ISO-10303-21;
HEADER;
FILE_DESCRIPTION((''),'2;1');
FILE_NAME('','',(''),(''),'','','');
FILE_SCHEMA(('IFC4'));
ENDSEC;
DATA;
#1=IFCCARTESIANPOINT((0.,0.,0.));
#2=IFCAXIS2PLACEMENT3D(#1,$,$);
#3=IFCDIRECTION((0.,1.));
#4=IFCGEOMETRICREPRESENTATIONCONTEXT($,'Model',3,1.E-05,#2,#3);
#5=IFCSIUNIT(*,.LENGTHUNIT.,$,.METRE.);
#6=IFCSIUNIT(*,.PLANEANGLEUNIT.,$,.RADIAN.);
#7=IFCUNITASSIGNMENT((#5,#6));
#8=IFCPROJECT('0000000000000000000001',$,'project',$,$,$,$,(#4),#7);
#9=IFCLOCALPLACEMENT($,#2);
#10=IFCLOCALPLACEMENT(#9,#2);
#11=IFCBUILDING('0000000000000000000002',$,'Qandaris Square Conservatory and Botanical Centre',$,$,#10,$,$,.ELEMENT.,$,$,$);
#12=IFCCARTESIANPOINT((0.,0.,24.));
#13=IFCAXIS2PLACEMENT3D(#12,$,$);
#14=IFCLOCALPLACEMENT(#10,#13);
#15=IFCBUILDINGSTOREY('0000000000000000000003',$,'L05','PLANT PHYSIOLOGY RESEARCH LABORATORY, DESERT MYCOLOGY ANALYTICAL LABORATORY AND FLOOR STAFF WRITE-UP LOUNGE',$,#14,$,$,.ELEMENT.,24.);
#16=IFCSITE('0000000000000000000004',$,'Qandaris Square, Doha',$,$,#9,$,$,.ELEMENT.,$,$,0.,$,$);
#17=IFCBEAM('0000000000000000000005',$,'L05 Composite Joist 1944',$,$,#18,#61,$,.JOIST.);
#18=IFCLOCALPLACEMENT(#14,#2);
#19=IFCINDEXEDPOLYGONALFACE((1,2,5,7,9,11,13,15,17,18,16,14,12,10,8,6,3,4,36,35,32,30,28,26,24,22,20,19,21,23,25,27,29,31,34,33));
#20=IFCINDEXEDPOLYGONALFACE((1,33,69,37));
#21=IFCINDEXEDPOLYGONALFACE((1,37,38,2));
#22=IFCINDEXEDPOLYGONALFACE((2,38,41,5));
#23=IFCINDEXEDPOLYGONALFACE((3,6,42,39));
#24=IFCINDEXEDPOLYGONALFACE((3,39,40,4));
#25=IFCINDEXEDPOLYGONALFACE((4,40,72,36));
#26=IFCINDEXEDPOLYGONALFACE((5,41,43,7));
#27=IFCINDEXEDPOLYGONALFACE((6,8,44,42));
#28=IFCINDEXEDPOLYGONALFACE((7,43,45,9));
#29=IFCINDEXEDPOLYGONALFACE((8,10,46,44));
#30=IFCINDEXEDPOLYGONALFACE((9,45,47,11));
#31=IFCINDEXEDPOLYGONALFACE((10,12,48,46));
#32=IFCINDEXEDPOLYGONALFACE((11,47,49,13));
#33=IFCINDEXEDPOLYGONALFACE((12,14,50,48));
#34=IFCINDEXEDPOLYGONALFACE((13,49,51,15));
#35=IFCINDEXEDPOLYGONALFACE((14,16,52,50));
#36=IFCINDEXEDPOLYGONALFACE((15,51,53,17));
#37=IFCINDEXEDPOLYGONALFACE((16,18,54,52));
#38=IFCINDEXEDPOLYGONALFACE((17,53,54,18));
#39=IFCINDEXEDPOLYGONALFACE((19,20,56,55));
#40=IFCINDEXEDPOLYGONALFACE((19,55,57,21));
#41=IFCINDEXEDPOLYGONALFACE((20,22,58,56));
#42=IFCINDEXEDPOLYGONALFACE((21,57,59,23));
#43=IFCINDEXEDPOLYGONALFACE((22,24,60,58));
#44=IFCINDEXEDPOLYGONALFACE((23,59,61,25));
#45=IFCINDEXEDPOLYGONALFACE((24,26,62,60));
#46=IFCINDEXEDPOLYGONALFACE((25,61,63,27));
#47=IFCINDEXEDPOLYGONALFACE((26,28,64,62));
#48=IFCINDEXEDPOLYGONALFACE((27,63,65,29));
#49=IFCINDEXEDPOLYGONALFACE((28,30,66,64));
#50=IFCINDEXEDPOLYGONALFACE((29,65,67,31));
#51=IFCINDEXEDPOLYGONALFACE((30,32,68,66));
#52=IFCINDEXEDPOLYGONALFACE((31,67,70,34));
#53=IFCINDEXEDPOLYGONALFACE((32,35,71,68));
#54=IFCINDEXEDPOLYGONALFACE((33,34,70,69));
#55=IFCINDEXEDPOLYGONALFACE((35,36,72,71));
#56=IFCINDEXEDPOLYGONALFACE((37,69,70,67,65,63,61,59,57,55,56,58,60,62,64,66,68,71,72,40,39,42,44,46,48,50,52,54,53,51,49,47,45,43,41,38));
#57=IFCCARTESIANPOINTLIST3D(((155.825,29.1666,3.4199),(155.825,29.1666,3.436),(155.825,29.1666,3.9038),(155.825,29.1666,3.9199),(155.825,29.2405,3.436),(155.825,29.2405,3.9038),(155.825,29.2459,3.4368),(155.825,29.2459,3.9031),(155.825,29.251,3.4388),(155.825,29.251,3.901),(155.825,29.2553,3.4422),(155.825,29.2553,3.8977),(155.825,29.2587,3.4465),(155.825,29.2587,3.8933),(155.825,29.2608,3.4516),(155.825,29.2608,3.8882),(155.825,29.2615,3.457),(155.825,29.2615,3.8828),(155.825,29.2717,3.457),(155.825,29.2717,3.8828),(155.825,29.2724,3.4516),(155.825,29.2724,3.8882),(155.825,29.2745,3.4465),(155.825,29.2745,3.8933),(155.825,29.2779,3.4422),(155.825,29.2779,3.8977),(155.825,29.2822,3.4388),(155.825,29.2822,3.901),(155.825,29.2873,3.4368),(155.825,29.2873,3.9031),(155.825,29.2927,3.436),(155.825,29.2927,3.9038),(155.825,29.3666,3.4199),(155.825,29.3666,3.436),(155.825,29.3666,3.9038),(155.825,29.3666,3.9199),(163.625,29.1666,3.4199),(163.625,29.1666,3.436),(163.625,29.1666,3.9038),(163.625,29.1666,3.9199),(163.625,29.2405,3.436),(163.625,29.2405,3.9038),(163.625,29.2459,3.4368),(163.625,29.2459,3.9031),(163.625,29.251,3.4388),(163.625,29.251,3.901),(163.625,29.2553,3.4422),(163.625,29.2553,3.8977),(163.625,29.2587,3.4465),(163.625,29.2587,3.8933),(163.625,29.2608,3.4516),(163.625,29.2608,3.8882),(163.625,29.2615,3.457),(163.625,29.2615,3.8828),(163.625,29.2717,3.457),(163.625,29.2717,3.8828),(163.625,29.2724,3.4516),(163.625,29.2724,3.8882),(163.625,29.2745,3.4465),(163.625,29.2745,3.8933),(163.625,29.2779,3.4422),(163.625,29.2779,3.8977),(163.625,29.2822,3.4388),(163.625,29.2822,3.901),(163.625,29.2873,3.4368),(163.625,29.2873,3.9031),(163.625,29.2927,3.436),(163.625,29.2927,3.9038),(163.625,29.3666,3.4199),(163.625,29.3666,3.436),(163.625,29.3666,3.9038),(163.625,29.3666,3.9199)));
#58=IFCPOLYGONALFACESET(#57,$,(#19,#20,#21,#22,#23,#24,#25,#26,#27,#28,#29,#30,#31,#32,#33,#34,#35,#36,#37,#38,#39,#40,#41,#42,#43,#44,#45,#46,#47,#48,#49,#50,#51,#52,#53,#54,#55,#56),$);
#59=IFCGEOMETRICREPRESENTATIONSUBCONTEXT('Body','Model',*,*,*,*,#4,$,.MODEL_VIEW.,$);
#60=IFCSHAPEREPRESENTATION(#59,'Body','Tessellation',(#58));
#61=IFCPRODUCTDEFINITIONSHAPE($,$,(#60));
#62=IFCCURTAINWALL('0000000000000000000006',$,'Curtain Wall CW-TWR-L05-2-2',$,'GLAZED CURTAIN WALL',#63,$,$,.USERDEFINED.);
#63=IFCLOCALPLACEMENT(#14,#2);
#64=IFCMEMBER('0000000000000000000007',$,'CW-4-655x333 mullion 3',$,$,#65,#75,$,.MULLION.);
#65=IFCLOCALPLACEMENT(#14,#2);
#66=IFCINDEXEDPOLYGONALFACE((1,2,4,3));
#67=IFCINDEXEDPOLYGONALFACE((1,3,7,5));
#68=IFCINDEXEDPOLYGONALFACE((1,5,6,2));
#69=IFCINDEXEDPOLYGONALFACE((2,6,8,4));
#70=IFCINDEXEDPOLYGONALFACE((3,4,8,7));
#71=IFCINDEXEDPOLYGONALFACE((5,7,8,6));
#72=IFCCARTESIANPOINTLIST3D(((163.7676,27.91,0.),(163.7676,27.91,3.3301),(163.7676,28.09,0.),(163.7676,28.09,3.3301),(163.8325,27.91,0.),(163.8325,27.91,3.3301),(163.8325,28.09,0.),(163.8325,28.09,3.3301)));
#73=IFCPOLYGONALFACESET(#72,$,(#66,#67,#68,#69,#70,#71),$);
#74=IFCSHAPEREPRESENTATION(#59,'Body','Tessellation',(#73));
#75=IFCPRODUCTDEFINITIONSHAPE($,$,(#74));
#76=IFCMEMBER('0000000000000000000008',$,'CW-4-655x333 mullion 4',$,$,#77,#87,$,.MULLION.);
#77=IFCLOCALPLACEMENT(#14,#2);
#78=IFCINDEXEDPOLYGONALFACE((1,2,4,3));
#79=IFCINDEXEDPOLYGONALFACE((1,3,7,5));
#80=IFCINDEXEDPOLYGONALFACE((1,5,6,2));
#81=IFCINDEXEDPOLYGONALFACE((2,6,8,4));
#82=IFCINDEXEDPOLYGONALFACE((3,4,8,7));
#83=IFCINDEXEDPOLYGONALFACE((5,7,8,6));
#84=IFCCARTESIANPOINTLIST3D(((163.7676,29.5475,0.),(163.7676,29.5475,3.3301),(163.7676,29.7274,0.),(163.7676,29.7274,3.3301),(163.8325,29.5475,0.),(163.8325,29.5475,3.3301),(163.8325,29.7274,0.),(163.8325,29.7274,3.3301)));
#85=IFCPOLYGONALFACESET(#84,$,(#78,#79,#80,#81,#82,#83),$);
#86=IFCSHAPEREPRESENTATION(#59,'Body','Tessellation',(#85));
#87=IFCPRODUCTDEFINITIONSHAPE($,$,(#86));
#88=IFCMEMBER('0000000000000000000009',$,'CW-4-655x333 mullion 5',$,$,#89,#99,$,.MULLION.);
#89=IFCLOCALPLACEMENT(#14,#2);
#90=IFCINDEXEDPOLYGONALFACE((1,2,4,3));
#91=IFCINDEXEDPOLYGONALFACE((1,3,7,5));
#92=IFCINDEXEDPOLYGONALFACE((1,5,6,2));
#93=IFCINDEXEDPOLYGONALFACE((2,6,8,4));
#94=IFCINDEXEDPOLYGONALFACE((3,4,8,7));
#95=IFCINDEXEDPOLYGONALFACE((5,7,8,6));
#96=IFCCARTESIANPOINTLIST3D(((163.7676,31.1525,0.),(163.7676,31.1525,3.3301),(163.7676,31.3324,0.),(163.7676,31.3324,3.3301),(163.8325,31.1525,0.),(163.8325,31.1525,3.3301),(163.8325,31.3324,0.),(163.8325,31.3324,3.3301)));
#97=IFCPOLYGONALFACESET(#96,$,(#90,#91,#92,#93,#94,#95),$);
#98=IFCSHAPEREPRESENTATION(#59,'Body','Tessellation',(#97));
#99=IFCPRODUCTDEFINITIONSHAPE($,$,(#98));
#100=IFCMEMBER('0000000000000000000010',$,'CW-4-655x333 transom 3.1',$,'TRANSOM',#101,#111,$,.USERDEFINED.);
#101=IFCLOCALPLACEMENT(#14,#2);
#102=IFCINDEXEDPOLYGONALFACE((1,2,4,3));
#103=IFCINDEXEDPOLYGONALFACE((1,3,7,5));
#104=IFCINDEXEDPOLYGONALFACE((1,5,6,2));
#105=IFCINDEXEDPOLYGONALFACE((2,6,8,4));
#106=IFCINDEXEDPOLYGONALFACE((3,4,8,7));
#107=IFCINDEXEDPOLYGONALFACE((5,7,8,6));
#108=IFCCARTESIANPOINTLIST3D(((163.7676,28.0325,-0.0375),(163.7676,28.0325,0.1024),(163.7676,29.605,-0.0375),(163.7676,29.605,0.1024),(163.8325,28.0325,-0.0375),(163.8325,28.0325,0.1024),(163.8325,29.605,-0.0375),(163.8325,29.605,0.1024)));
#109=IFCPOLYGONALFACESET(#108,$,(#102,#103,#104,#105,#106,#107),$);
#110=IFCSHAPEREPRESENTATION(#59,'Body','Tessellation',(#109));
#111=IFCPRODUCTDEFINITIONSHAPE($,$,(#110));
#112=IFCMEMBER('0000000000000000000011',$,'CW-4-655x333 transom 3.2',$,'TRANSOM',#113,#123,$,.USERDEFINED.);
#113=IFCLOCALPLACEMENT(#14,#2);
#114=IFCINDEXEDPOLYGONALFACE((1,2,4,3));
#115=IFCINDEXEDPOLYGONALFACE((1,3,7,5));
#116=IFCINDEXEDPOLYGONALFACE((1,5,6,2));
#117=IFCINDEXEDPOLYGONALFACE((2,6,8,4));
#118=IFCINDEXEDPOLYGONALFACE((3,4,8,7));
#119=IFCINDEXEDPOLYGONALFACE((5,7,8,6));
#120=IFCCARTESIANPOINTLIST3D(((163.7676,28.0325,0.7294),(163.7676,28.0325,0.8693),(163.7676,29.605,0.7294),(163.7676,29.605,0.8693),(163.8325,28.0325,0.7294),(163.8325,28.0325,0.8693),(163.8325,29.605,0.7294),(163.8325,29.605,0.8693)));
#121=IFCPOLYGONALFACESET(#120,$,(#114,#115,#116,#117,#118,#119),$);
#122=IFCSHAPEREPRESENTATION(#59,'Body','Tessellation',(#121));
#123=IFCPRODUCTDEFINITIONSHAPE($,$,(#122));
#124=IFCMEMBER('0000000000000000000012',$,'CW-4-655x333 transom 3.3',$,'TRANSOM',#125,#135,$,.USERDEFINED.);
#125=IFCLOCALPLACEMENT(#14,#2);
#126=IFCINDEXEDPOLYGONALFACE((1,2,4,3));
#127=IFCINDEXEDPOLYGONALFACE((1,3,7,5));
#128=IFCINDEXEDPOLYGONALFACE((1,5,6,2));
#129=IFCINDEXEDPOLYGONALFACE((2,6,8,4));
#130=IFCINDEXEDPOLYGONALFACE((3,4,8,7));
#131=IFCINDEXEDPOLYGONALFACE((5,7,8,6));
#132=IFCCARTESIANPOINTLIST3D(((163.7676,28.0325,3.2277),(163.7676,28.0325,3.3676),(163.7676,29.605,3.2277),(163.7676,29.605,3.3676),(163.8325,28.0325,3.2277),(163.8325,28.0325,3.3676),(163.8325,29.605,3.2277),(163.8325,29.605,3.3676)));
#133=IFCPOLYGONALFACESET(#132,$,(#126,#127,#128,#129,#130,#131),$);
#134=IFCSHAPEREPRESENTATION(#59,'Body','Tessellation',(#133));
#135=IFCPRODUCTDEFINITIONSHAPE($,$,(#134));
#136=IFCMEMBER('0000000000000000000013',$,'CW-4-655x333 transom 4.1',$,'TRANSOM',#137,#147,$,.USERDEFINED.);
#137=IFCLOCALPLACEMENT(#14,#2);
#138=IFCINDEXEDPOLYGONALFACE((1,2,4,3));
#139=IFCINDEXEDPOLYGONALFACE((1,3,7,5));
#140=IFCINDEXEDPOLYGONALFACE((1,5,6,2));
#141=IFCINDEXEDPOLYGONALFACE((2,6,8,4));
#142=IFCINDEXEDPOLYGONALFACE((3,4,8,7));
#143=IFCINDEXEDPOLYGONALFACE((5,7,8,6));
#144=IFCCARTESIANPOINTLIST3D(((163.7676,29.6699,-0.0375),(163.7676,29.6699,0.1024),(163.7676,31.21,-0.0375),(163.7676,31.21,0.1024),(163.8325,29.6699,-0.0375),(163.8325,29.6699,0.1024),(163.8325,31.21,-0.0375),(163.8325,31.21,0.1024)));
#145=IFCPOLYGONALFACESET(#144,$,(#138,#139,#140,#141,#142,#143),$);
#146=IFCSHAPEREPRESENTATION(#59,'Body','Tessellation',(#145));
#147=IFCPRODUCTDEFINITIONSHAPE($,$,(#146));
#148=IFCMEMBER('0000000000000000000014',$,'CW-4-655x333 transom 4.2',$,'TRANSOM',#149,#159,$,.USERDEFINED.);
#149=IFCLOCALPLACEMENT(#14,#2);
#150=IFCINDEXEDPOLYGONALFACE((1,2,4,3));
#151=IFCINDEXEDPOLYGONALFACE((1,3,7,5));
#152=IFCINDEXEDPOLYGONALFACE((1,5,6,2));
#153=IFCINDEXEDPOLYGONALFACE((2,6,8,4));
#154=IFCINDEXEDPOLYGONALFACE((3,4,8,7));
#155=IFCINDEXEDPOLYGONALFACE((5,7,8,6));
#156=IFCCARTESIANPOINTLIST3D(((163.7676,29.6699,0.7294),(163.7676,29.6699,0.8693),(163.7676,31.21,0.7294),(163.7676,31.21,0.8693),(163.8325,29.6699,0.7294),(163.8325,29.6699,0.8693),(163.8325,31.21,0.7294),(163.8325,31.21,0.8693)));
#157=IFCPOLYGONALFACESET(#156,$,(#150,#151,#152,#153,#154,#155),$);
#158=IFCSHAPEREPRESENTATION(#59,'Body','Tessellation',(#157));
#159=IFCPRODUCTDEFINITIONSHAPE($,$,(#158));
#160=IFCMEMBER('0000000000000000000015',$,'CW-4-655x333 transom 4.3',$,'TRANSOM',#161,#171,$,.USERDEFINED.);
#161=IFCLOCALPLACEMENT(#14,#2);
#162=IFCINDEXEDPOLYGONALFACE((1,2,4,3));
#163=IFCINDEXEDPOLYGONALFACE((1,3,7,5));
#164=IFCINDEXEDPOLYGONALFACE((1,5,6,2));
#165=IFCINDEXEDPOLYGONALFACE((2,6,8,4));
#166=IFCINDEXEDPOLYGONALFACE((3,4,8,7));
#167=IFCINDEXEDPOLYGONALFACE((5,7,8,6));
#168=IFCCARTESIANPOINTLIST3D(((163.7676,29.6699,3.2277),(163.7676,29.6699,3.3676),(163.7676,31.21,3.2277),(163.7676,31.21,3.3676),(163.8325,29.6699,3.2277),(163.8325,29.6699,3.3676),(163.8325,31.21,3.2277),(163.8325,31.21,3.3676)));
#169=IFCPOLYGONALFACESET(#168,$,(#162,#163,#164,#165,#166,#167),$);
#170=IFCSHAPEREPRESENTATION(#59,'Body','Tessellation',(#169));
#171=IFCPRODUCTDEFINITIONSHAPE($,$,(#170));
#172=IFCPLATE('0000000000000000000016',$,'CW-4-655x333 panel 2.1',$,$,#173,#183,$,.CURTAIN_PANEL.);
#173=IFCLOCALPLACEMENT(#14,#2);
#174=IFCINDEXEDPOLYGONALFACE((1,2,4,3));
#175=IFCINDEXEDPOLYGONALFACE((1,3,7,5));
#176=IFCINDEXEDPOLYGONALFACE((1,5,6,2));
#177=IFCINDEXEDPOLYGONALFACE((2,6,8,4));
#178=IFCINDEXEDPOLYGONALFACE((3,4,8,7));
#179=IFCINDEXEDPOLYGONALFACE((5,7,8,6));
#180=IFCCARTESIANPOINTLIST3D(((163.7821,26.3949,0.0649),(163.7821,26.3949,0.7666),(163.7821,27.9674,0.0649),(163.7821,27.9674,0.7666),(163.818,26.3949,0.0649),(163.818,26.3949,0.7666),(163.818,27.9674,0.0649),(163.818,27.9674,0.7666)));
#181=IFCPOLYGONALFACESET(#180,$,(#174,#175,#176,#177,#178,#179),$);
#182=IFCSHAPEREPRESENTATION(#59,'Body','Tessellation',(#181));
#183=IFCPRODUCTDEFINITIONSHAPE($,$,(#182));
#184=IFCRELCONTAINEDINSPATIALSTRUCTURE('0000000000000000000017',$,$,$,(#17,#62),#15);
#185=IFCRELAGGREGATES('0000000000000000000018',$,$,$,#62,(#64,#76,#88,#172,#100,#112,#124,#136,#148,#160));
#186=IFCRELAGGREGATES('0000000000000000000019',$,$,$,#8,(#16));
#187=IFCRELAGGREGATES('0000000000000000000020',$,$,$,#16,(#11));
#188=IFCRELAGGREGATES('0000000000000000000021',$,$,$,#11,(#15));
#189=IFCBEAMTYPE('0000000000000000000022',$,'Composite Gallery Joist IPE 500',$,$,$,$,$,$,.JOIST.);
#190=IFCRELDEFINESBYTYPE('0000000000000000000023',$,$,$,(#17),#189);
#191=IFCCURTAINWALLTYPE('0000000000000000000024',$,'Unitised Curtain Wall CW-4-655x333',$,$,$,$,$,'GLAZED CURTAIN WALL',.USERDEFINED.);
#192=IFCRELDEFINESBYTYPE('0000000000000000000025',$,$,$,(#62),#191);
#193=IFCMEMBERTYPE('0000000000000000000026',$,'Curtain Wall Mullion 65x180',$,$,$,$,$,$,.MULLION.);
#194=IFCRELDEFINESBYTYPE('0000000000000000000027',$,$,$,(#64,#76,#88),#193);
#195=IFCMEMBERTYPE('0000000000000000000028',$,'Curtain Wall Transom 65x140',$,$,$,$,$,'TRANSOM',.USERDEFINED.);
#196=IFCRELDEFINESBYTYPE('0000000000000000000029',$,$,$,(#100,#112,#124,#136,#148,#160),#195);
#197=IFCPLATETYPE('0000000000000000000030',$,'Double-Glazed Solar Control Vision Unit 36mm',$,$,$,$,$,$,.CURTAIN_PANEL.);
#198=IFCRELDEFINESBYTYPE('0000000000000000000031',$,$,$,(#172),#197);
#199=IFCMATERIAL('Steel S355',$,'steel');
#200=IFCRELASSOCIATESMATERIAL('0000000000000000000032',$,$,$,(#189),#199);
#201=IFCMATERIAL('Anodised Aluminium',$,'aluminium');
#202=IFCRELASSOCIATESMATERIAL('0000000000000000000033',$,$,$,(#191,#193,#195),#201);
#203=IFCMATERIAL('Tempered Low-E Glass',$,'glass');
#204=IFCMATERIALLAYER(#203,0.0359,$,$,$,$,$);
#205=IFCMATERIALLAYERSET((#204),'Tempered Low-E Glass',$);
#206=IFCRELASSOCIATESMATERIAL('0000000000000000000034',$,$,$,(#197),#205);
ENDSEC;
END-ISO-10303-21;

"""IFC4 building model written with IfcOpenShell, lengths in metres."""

from ifc_helpers import new_model, si_unit, direction, frame, origin, origin_2d, place, context, subcontext, project, spatial, rectangle, i_section, extrude, material, layer, layer_set, material_profile, profile_set, type_object, element, aggregate, save


model = new_model("IFC4")

# Units and contexts
model_context = context("Model", 3, precision=1e-05, world=origin(), true_north=direction((0.0, 1.0)))
body_context = subcontext(model_context, "Body", "Model", "MODEL_VIEW")
ifc_project = project(units=[si_unit("LENGTHUNIT", "METRE"), si_unit("PLANEANGLEUNIT", "RADIAN")], contexts=[model_context])

# Site, building, storey
site_placement = place(None, origin())
site = spatial("IfcSite", under=ifc_project, at=site_placement, Name="Qandaris Square, Doha", CompositionType="ELEMENT", RefElevation=0.0)
building_placement = place(site_placement, origin())
building = spatial("IfcBuilding", under=site, at=building_placement, Name="Qandaris Square Conservatory and Botanical Centre", CompositionType="ELEMENT")
storey_placement = place(building_placement, frame((0.0, 0.0, 24.0)))
storey = spatial("IfcBuildingStorey", under=building, at=storey_placement, Name="L05", Description="PLANT PHYSIOLOGY RESEARCH LABORATORY, DESERT MYCOLOGY ANALYTICAL LABORATORY AND FLOOR STAFF WRITE-UP LOUNGE", CompositionType="ELEMENT", Elevation=24.0)

# Beam
ifc_material_1 = material(Name="Steel S355", Category="steel")
ifc_material_profile_1 = material_profile(ifc_material_1, i_section(OverallWidth=0.2, OverallDepth=0.5, WebThickness=0.0103, FlangeThickness=0.0161, FilletRadius=0.021, at=origin_2d()), Name="IPE 500")
ifc_profile_set_1 = profile_set([ifc_material_profile_1], Name="Steel S355")
beam_type = type_object("IfcBeamType", Name="Composite Gallery Joist IPE 500", PredefinedType="JOIST", material=ifc_profile_set_1)
beam_placement = place(storey_placement, frame((155.825, 29.2666, 3.6699), z_axis=(1.0, 0.0, 0.0), x_axis=(0.0, 1.0, 0.0)))
element("IfcBeam", 1, at=beam_placement, inside=storey, type_object=beam_type, Name="L05 Composite Joist 1944", PredefinedType="JOIST", context=body_context, shape_type="SweptSolid", body=[
    extrude(i_section(OverallWidth=0.2, OverallDepth=0.5, WebThickness=0.0103, FlangeThickness=0.0161, FilletRadius=0.021, at=origin_2d()), origin(), (0.0, 0.0, 1.0), 7.8),
])

# Curtain wall, members, plate
ifc_material_2 = material(Name="Anodised Aluminium", Category="aluminium")
curtain_wall_type = type_object("IfcCurtainWallType", Name="Unitised Curtain Wall CW-4-655x333", ElementType="GLAZED CURTAIN WALL", PredefinedType="USERDEFINED", material=ifc_material_2)
curtain_wall_placement = place(storey_placement, origin())
curtain_wall = element("IfcCurtainWall", 2, at=curtain_wall_placement, inside=storey, type_object=curtain_wall_type, Name="Curtain Wall CW-TWR-L05-2-2", ObjectType="GLAZED CURTAIN WALL", PredefinedType="USERDEFINED")
ifc_material_profile_2 = material_profile(ifc_material_2, rectangle(XDim=0.0649, YDim=0.1799, at=origin_2d()), Name="ALU-MUL 65x180")
ifc_profile_set_2 = profile_set([ifc_material_profile_2], Name="Anodised Aluminium")
member_type_1 = type_object("IfcMemberType", Name="Curtain Wall Mullion 65x180", PredefinedType="MULLION", material=ifc_profile_set_2)
member_1_placement = place(storey_placement, frame((163.8, 28.0, 0.0), z_axis=(0.0, 0.0, 1.0), x_axis=(-1.0, 0.0, 0.0)))
member_1 = element("IfcMember", 3, at=member_1_placement, type_object=member_type_1, Name="CW-4-655x333 mullion 3", PredefinedType="MULLION", context=body_context, shape_type="SweptSolid", body=[
    extrude(rectangle(XDim=0.0649, YDim=0.1799, at=origin_2d()), origin(), (0.0, 0.0, 1.0), 3.3301),
])
member_2_placement = place(storey_placement, frame((163.8, 29.6375, 0.0), z_axis=(0.0, 0.0, 1.0), x_axis=(-1.0, 0.0, 0.0)))
member_2 = element("IfcMember", 4, at=member_2_placement, type_object=member_type_1, Name="CW-4-655x333 mullion 4", PredefinedType="MULLION", context=body_context, shape_type="SweptSolid", body=[
    extrude(rectangle(XDim=0.0649, YDim=0.1799, at=origin_2d()), origin(), (0.0, 0.0, 1.0), 3.3301),
])
member_3_placement = place(storey_placement, frame((163.8, 31.2424, 0.0), z_axis=(0.0, 0.0, 1.0), x_axis=(-1.0, 0.0, 0.0)))
member_3 = element("IfcMember", 5, at=member_3_placement, type_object=member_type_1, Name="CW-4-655x333 mullion 5", PredefinedType="MULLION", context=body_context, shape_type="SweptSolid", body=[
    extrude(rectangle(XDim=0.0649, YDim=0.1799, at=origin_2d()), origin(), (0.0, 0.0, 1.0), 3.3301),
])
ifc_material_profile_3 = material_profile(ifc_material_2, rectangle(XDim=0.0649, YDim=0.1399, at=origin_2d()), Name="ALU-TRN 65x140")
ifc_profile_set_3 = profile_set([ifc_material_profile_3], Name="Anodised Aluminium")
member_type_2 = type_object("IfcMemberType", Name="Curtain Wall Transom 65x140", ElementType="TRANSOM", PredefinedType="USERDEFINED", material=ifc_profile_set_3)
member_4_placement = place(storey_placement, frame((163.8, 28.0325, 0.0325), z_axis=(0.0, 1.0, 0.0), x_axis=(-1.0, 0.0, 0.0)))
member_4 = element("IfcMember", 6, at=member_4_placement, type_object=member_type_2, Name="CW-4-655x333 transom 3.1", ObjectType="TRANSOM", PredefinedType="USERDEFINED", context=body_context, shape_type="SweptSolid", body=[
    extrude(rectangle(XDim=0.0649, YDim=0.1399, at=origin_2d()), origin(), (0.0, 0.0, 1.0), 1.5725),
])
member_5_placement = place(storey_placement, frame((163.8, 28.0325, 0.7993), z_axis=(0.0, 1.0, 0.0), x_axis=(-1.0, 0.0, 0.0)))
member_5 = element("IfcMember", 7, at=member_5_placement, type_object=member_type_2, Name="CW-4-655x333 transom 3.2", ObjectType="TRANSOM", PredefinedType="USERDEFINED", context=body_context, shape_type="SweptSolid", body=[
    extrude(rectangle(XDim=0.0649, YDim=0.1399, at=origin_2d()), origin(), (0.0, 0.0, 1.0), 1.5725),
])
member_6_placement = place(storey_placement, frame((163.8, 28.0325, 3.2976), z_axis=(0.0, 1.0, 0.0), x_axis=(-1.0, 0.0, 0.0)))
member_6 = element("IfcMember", 8, at=member_6_placement, type_object=member_type_2, Name="CW-4-655x333 transom 3.3", ObjectType="TRANSOM", PredefinedType="USERDEFINED", context=body_context, shape_type="SweptSolid", body=[
    extrude(rectangle(XDim=0.0649, YDim=0.1399, at=origin_2d()), origin(), (0.0, 0.0, 1.0), 1.5725),
])
member_7_placement = place(storey_placement, frame((163.8, 29.6699, 0.0325), z_axis=(0.0, 1.0, 0.0), x_axis=(-1.0, 0.0, 0.0)))
member_7 = element("IfcMember", 9, at=member_7_placement, type_object=member_type_2, Name="CW-4-655x333 transom 4.1", ObjectType="TRANSOM", PredefinedType="USERDEFINED", context=body_context, shape_type="SweptSolid", body=[
    extrude(rectangle(XDim=0.0649, YDim=0.1399, at=origin_2d()), origin(), (0.0, 0.0, 1.0), 1.54),
])
member_8_placement = place(storey_placement, frame((163.8, 29.6699, 0.7993), z_axis=(0.0, 1.0, 0.0), x_axis=(-1.0, 0.0, 0.0)))
member_8 = element("IfcMember", 10, at=member_8_placement, type_object=member_type_2, Name="CW-4-655x333 transom 4.2", ObjectType="TRANSOM", PredefinedType="USERDEFINED", context=body_context, shape_type="SweptSolid", body=[
    extrude(rectangle(XDim=0.0649, YDim=0.1399, at=origin_2d()), origin(), (0.0, 0.0, 1.0), 1.54),
])
member_9_placement = place(storey_placement, frame((163.8, 29.6699, 3.2976), z_axis=(0.0, 1.0, 0.0), x_axis=(-1.0, 0.0, 0.0)))
member_9 = element("IfcMember", 11, at=member_9_placement, type_object=member_type_2, Name="CW-4-655x333 transom 4.3", ObjectType="TRANSOM", PredefinedType="USERDEFINED", context=body_context, shape_type="SweptSolid", body=[
    extrude(rectangle(XDim=0.0649, YDim=0.1399, at=origin_2d()), origin(), (0.0, 0.0, 1.0), 1.54),
])
ifc_material_3 = material(Name="Tempered Low-E Glass", Category="glass")
ifc_layer_1 = layer(ifc_material_3, 0.0359)
ifc_layer_set_1 = layer_set([ifc_layer_1], Name="Tempered Low-E Glass")
plate_type_1 = type_object("IfcPlateType", Name="Double-Glazed Solar Control Vision Unit 36mm", PredefinedType="CURTAIN_PANEL", material=ifc_layer_set_1)
plate_1_placement = place(storey_placement, frame((163.8, 27.1812, 0.0649), z_axis=(0.0, 0.0, 1.0), x_axis=(0.0, 1.0, 0.0)))
plate_1 = element("IfcPlate", 12, at=plate_1_placement, type_object=plate_type_1, Name="CW-4-655x333 panel 2.1", PredefinedType="CURTAIN_PANEL", context=body_context, shape_type="SweptSolid", body=[
    extrude(rectangle(XDim=1.5725, YDim=0.0359, at=origin_2d()), origin(), (0.0, 0.0, 1.0), 0.7017),
])
aggregate(curtain_wall, [member_1, member_2, member_3, plate_1, member_4, member_5, member_6, member_7, member_8, member_9])

save(model, "model.ifc")
